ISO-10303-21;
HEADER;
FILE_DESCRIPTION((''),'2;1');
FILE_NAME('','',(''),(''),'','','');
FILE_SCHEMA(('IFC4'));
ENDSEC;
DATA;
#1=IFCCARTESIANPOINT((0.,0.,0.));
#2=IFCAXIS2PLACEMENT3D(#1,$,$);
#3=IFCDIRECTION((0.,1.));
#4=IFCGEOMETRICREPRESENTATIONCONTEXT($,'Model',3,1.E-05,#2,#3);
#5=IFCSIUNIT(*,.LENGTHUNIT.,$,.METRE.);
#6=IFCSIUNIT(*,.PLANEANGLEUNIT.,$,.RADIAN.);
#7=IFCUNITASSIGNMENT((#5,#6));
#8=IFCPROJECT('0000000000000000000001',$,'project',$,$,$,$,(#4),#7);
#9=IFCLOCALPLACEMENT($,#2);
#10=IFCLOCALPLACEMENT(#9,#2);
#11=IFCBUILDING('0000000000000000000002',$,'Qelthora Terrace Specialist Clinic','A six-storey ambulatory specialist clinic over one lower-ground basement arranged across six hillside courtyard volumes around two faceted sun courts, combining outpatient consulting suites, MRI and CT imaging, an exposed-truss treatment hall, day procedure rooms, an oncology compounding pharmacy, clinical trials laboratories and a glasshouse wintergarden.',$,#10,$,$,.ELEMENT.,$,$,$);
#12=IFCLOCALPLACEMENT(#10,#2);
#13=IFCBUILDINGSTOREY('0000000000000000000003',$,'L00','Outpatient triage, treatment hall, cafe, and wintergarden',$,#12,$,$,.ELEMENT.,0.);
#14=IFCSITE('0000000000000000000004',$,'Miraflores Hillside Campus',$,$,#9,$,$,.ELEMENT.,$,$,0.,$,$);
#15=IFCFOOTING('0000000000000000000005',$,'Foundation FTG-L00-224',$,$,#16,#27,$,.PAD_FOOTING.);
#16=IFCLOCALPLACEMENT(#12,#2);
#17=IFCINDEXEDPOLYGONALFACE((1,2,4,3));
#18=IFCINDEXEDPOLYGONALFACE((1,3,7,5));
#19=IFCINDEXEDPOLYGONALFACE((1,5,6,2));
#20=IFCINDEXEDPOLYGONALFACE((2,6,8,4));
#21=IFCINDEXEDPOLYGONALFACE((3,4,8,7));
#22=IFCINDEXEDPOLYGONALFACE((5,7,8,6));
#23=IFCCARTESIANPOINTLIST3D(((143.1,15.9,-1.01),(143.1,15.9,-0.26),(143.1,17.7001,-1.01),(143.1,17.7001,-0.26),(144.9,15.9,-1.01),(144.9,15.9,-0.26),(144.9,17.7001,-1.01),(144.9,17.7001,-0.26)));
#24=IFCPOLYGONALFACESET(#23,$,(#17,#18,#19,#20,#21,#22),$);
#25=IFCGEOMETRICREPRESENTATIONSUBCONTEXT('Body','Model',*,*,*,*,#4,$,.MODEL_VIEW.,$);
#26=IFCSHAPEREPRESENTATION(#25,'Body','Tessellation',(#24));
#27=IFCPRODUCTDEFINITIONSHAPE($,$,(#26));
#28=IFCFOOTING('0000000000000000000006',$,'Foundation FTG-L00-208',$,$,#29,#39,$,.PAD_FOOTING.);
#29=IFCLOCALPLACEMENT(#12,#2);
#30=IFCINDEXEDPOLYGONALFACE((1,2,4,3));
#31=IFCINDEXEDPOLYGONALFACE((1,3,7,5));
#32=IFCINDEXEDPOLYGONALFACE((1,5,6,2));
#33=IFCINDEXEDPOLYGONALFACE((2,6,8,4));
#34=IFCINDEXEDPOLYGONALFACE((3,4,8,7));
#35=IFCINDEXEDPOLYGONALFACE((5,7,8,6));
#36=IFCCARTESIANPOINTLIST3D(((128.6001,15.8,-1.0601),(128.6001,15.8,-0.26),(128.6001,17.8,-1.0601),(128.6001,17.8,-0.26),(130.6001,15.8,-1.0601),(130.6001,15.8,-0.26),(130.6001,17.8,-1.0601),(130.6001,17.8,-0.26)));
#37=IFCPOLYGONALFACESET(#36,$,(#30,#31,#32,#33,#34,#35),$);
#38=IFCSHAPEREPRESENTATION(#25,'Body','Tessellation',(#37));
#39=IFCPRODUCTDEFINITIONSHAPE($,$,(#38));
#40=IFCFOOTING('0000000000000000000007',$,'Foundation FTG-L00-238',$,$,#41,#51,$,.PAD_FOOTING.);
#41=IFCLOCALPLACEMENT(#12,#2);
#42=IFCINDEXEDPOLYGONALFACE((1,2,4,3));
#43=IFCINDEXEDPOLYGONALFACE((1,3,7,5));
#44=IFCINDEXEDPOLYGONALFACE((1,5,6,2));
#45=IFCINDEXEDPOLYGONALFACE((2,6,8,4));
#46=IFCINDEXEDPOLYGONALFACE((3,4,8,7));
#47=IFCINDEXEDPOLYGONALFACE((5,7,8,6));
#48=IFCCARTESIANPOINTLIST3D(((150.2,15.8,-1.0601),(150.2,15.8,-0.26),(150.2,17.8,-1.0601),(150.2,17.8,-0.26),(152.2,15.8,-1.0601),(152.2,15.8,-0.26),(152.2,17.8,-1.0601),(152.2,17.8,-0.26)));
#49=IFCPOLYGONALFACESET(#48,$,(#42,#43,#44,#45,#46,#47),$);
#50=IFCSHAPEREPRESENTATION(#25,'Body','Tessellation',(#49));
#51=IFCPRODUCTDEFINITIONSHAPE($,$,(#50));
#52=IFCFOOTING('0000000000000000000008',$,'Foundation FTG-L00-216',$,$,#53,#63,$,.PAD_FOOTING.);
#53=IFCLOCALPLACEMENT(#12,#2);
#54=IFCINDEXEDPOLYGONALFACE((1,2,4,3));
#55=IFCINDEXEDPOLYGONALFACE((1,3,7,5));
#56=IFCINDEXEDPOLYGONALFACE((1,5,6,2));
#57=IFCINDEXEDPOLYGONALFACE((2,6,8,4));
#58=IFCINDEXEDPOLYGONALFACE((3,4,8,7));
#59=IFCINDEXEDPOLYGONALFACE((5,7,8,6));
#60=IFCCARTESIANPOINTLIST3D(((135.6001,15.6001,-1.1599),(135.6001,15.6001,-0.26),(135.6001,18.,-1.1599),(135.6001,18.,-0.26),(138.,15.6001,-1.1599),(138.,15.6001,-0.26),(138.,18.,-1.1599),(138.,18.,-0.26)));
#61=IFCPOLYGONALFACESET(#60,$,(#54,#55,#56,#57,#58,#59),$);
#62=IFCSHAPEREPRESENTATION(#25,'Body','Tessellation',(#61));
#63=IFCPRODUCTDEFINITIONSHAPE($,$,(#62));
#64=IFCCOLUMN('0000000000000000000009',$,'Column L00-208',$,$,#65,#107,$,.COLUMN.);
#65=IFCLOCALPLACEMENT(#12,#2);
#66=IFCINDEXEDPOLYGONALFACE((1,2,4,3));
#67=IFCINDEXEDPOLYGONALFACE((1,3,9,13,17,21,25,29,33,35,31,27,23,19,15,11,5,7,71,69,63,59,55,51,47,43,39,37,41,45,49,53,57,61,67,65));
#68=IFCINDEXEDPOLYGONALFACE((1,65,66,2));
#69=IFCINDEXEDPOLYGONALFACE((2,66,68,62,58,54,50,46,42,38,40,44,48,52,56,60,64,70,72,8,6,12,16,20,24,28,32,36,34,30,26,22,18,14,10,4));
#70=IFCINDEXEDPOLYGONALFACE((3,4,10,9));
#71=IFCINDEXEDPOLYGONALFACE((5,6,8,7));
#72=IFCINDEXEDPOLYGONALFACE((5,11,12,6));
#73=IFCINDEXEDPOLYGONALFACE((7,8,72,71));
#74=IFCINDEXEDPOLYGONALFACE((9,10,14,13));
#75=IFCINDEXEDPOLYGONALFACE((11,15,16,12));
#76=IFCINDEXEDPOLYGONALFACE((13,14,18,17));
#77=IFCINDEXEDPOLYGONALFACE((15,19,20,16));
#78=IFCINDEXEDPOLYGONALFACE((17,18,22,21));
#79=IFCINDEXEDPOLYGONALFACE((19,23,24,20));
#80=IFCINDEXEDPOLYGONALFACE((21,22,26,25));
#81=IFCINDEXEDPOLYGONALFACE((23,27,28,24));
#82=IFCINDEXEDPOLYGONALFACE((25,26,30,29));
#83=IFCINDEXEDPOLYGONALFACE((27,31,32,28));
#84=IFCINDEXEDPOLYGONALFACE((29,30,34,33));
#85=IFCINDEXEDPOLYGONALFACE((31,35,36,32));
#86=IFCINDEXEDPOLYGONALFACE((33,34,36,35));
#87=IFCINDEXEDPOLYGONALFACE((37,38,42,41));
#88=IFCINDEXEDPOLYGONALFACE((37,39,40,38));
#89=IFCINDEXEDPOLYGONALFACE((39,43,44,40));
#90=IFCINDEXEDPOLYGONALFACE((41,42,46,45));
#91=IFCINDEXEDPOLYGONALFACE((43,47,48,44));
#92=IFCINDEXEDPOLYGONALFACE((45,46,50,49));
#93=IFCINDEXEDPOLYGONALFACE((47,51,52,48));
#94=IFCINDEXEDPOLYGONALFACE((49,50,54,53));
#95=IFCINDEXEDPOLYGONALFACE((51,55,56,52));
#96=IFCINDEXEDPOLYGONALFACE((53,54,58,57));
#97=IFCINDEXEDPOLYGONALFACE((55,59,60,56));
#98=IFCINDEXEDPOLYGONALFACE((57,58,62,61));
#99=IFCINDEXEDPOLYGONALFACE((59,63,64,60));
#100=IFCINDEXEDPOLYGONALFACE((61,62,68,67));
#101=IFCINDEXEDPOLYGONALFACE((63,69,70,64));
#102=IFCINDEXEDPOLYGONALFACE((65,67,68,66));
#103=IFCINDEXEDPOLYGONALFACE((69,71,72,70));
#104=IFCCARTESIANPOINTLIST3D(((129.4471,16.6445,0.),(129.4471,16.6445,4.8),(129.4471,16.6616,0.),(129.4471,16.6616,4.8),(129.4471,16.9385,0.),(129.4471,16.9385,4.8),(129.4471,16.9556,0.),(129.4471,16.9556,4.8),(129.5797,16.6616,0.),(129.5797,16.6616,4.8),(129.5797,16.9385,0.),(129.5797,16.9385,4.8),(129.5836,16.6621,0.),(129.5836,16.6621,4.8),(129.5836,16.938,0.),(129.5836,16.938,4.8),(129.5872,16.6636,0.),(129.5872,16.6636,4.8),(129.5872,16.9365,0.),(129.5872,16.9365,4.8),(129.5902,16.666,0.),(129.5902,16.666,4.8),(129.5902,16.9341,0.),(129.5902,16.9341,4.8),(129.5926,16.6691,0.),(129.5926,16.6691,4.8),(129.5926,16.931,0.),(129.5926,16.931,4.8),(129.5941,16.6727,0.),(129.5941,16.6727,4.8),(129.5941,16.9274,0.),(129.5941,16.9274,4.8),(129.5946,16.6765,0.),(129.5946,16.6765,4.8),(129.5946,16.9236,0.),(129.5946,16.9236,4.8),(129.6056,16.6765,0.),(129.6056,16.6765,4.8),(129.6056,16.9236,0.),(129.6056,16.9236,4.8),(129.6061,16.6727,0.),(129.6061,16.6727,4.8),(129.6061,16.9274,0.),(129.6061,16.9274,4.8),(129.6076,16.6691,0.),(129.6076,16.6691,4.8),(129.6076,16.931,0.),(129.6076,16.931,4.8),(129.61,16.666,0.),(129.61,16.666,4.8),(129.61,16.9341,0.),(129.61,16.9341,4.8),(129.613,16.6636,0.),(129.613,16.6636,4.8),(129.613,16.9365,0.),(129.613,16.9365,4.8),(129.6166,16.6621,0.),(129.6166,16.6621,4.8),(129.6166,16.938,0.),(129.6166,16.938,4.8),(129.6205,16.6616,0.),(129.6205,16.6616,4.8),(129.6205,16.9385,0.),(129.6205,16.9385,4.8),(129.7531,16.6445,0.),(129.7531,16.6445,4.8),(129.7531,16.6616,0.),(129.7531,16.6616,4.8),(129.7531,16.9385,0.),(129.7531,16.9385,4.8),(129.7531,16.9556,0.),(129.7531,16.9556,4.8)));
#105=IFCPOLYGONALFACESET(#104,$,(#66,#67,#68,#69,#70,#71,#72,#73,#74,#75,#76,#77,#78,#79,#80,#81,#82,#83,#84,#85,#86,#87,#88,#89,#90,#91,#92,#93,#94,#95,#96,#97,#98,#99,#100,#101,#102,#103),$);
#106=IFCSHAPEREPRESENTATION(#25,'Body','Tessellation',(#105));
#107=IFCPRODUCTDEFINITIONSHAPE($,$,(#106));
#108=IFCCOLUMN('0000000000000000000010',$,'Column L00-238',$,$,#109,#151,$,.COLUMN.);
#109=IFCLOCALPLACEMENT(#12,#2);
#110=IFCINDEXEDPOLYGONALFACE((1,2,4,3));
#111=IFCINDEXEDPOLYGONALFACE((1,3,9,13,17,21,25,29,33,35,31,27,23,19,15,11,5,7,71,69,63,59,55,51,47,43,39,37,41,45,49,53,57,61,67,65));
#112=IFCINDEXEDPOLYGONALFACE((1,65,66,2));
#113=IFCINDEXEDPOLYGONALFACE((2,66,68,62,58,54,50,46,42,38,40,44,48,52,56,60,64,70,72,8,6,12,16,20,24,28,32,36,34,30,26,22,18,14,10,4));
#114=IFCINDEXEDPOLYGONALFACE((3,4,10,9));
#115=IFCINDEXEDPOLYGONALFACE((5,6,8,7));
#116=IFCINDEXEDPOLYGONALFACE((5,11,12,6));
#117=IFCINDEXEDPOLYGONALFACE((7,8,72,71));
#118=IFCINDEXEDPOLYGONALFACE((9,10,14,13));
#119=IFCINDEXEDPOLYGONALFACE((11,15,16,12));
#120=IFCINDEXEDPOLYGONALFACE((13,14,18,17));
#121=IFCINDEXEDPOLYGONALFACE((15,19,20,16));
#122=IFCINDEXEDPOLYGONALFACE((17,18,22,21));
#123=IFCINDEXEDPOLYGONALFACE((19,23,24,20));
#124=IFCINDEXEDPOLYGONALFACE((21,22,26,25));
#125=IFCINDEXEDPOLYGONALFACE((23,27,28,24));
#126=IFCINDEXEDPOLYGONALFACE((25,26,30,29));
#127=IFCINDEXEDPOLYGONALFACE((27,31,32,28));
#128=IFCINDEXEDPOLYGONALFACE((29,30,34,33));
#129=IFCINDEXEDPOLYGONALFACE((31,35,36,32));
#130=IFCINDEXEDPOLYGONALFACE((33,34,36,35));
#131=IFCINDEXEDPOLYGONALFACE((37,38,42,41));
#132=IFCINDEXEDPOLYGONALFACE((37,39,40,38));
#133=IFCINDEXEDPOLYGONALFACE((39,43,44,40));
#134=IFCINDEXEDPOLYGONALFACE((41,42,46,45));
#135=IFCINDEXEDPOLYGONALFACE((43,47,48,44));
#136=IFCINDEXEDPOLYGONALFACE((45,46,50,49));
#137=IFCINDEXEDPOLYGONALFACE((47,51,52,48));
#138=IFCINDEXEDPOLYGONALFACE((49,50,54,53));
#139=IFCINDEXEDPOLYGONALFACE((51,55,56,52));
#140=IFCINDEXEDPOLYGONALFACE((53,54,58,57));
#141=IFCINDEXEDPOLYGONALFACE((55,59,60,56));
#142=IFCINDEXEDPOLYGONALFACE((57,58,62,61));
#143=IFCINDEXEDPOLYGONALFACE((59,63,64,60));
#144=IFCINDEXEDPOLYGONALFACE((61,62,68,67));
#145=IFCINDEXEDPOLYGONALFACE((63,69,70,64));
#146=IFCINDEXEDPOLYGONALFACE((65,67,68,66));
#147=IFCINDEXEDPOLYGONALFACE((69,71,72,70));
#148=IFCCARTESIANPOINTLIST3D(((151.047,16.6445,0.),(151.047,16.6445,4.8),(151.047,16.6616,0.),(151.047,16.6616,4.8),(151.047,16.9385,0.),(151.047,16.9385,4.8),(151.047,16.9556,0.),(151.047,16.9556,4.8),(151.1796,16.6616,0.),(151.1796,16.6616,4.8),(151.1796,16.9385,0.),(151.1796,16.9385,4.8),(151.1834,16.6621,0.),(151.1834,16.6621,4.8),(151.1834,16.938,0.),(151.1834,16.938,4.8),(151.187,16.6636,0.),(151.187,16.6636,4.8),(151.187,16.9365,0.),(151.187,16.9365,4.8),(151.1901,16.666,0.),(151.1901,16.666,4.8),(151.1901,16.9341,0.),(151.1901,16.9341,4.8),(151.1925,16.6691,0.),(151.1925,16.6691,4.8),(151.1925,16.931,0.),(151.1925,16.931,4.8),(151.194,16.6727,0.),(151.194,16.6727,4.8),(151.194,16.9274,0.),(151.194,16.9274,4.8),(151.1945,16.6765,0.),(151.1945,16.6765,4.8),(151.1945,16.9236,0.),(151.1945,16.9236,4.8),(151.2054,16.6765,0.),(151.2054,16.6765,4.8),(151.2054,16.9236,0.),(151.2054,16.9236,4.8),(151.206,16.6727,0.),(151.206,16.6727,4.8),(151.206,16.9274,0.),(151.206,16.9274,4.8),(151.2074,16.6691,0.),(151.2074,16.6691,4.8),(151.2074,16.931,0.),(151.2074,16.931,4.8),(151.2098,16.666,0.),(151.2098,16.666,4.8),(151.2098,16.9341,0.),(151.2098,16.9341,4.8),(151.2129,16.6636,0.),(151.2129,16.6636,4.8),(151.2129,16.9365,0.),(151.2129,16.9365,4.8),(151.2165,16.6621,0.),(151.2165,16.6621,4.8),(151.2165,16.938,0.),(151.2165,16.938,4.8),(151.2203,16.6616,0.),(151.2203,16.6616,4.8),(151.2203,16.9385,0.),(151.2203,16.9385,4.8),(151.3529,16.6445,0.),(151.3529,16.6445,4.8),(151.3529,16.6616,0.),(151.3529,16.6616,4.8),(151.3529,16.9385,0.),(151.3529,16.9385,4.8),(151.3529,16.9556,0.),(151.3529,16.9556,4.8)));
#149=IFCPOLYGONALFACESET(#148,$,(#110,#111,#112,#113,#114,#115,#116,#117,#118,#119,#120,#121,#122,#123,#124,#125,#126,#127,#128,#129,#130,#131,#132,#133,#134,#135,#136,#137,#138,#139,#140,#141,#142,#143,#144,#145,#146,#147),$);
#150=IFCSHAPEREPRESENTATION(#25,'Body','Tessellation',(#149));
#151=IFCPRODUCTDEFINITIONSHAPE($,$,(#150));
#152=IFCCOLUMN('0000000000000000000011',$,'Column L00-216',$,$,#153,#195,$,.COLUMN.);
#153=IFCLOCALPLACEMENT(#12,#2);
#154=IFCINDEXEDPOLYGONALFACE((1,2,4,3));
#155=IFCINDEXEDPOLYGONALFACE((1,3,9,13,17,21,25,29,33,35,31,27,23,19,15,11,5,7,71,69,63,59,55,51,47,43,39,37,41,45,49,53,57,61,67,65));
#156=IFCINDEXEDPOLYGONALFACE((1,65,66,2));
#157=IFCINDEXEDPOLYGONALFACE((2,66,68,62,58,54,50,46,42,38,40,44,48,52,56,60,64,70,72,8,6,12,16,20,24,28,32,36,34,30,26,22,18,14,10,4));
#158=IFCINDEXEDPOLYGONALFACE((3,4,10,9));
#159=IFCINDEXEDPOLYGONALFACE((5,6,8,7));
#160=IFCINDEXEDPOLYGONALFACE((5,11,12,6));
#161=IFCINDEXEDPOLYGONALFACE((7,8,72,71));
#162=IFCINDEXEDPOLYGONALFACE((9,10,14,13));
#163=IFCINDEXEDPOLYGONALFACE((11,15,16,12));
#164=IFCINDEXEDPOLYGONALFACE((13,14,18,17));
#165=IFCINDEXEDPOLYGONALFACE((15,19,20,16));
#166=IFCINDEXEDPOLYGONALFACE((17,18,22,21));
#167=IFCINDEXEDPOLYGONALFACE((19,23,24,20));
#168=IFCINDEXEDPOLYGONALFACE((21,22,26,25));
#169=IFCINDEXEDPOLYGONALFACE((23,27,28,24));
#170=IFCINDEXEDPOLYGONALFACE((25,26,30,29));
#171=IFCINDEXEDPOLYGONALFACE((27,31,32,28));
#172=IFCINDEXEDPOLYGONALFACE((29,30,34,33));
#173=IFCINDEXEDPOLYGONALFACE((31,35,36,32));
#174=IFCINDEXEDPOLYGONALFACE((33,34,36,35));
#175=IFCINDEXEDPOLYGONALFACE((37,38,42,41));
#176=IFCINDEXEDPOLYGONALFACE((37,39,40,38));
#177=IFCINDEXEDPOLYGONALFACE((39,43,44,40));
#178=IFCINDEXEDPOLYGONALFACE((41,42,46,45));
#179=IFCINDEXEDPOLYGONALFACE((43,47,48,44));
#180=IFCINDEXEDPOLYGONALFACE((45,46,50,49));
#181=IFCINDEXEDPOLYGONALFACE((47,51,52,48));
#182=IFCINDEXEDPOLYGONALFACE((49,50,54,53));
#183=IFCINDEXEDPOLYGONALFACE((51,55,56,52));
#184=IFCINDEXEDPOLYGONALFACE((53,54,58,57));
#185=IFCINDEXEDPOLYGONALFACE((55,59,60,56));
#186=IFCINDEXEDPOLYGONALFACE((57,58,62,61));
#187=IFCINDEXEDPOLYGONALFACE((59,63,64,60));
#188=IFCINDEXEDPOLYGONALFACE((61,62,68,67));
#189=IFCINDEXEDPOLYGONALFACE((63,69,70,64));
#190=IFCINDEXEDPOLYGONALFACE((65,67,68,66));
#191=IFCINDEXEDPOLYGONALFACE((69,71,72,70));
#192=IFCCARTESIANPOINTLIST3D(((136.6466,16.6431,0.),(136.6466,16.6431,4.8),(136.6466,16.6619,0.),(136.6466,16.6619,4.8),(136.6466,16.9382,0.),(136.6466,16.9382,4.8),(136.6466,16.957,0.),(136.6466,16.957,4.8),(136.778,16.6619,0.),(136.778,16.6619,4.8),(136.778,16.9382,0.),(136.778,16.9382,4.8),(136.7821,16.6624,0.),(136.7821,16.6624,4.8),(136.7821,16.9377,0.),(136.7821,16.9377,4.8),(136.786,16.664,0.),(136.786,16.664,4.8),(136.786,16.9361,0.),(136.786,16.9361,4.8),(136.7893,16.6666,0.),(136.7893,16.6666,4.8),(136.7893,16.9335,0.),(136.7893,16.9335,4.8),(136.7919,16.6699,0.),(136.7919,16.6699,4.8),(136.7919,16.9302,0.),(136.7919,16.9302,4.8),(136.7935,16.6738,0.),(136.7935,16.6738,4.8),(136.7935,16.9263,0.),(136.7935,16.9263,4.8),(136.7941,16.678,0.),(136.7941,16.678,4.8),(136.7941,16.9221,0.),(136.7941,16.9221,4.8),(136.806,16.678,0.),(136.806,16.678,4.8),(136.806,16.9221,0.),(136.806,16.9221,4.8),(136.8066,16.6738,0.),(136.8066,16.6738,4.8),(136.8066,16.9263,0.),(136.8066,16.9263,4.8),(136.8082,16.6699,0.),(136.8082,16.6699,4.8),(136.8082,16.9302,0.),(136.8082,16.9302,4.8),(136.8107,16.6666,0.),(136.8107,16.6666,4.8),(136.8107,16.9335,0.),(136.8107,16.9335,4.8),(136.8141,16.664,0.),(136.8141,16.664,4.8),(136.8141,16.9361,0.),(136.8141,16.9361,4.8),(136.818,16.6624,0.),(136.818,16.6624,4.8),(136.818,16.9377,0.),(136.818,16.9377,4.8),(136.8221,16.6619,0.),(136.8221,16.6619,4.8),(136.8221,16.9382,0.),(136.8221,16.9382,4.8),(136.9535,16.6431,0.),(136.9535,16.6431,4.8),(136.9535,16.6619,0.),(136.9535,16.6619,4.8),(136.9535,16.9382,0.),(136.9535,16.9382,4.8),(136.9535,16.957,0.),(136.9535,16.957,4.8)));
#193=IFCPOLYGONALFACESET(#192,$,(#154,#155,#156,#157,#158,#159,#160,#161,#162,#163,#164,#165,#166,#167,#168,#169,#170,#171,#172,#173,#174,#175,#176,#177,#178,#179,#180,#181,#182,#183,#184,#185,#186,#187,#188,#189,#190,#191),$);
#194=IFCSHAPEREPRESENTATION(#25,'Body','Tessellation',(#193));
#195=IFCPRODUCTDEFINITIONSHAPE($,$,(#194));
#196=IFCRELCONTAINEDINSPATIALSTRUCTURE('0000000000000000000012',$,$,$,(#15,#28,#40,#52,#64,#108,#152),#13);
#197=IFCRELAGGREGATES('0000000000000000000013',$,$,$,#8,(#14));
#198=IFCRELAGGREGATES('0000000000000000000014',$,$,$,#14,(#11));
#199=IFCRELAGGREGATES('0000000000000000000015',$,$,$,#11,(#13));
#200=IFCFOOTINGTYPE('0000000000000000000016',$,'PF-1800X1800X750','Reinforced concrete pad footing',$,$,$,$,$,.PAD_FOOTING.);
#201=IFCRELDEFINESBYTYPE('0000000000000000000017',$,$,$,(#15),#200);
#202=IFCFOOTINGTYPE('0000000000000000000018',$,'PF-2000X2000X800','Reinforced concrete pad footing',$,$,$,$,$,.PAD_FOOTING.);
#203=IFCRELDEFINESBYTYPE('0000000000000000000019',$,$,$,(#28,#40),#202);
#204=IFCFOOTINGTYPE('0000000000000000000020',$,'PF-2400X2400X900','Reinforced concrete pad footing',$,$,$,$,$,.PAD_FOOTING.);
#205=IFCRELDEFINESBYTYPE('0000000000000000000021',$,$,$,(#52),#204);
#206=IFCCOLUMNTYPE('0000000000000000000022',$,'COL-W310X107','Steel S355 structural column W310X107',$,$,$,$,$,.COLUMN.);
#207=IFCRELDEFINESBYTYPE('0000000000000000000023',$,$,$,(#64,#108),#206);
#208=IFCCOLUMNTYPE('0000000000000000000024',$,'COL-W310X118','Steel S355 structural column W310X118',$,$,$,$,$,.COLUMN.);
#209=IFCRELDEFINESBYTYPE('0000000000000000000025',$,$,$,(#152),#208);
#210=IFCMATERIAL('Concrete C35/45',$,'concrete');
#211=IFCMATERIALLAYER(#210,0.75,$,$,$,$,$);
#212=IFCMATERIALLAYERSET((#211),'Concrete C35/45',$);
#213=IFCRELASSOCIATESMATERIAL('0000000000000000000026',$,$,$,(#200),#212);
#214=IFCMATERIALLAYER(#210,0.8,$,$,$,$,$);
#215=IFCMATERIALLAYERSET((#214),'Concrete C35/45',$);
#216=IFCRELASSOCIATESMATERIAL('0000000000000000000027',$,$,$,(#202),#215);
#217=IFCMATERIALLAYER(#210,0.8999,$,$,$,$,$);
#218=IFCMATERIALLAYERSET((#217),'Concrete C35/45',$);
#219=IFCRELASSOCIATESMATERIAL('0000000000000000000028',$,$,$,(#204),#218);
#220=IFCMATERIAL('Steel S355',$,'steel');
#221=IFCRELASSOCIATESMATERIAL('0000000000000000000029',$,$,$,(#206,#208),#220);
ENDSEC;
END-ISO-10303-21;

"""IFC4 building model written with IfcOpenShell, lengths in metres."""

from ifc_helpers import new_model, si_unit, direction, frame, origin, origin_2d, place, context, subcontext, project, spatial, rectangle, i_section, extrude, material, layer, layer_set, material_profile, profile_set, type_object, element, save


model = new_model("IFC4")

# Units and contexts
model_context = context("Model", 3, precision=1e-05, world=origin(), true_north=direction((0.0, 1.0)))
body_context = subcontext(model_context, "Body", "Model", "MODEL_VIEW")
ifc_project = project(units=[si_unit("LENGTHUNIT", "METRE"), si_unit("PLANEANGLEUNIT", "RADIAN")], contexts=[model_context])

# Site, building, storey
site_placement = place(None, origin())
site = spatial("IfcSite", under=ifc_project, at=site_placement, Name="Miraflores Hillside Campus", CompositionType="ELEMENT", RefElevation=0.0)
building_placement = place(site_placement, origin())
building = spatial("IfcBuilding", under=site, at=building_placement, Name="Qelthora Terrace Specialist Clinic", Description="A six-storey ambulatory specialist clinic over one lower-ground basement arranged across six hillside courtyard volumes around two faceted sun courts, combining outpatient consulting suites, MRI and CT imaging, an exposed-truss treatment hall, day procedure rooms, an oncology compounding pharmacy, clinical trials laboratories and a glasshouse wintergarden.", CompositionType="ELEMENT")
storey_placement = place(building_placement, origin())
storey = spatial("IfcBuildingStorey", under=building, at=storey_placement, Name="L00", Description="Outpatient triage, treatment hall, cafe, and wintergarden", CompositionType="ELEMENT", Elevation=0.0)

# Footings
ifc_material_1 = material(Name="Concrete C35/45", Category="concrete")
ifc_layer_1 = layer(ifc_material_1, 0.75)
ifc_layer_set_1 = layer_set([ifc_layer_1], Name="Concrete C35/45")
footing_type_1 = type_object("IfcFootingType", Name="PF-1800X1800X750", Description="Reinforced concrete pad footing", PredefinedType="PAD_FOOTING", material=ifc_layer_set_1)
footing_1_placement = place(storey_placement, frame((144.0, 16.8, -1.01), z_axis=(0.0, 0.0, 1.0), x_axis=(1.0, 0.0, 0.0)))
element("IfcFooting", 1, at=footing_1_placement, inside=storey, type_object=footing_type_1, Name="Foundation FTG-L00-224", PredefinedType="PAD_FOOTING", context=body_context, shape_type="SweptSolid", body=[
    extrude(rectangle(XDim=1.8, YDim=1.8, at=origin_2d()), origin(), (0.0, 0.0, 1.0), 0.75),
])
ifc_layer_2 = layer(ifc_material_1, 0.8)
ifc_layer_set_2 = layer_set([ifc_layer_2], Name="Concrete C35/45")
footing_type_2 = type_object("IfcFootingType", Name="PF-2000X2000X800", Description="Reinforced concrete pad footing", PredefinedType="PAD_FOOTING", material=ifc_layer_set_2)
for number, where, z_axis, x_axis, name in (
    (2, (129.6001, 16.8, -1.0601), (0.0, 0.0, 1.0), (1.0, 0.0, 0.0), "Foundation FTG-L00-208"),
    (3, (151.2, 16.8, -1.0601), (0.0, 0.0, 1.0), (1.0, 0.0, 0.0), "Foundation FTG-L00-238"),
):
    element("IfcFooting", number, at=place(storey_placement, frame(where, z_axis=z_axis, x_axis=x_axis)), inside=storey, type_object=footing_type_2, Name=name, PredefinedType="PAD_FOOTING", context=body_context, shape_type="SweptSolid", body=[
        extrude(rectangle(XDim=2.0, YDim=2.0, at=origin_2d()), origin(), (0.0, 0.0, 1.0), 0.8),
    ])
ifc_layer_3 = layer(ifc_material_1, 0.8999)
ifc_layer_set_3 = layer_set([ifc_layer_3], Name="Concrete C35/45")
footing_type_3 = type_object("IfcFootingType", Name="PF-2400X2400X900", Description="Reinforced concrete pad footing", PredefinedType="PAD_FOOTING", material=ifc_layer_set_3)
footing_2_placement = place(storey_placement, frame((136.8, 16.8, -1.1599), z_axis=(0.0, 0.0, 1.0), x_axis=(1.0, 0.0, 0.0)))
element("IfcFooting", 4, at=footing_2_placement, inside=storey, type_object=footing_type_3, Name="Foundation FTG-L00-216", PredefinedType="PAD_FOOTING", context=body_context, shape_type="SweptSolid", body=[
    extrude(rectangle(XDim=2.3999, YDim=2.3999, at=origin_2d()), origin(), (0.0, 0.0, 1.0), 0.8999),
])

# Columns
ifc_material_2 = material(Name="Steel S355", Category="steel")
ifc_material_profile_1 = material_profile(ifc_material_2, i_section(OverallWidth=0.3059, OverallDepth=0.311, WebThickness=0.011, FlangeThickness=0.0171, FilletRadius=0.0149, at=origin_2d()), Name="W310X107")
ifc_profile_set_1 = profile_set([ifc_material_profile_1], Name="Steel S355")
column_type_1 = type_object("IfcColumnType", Name="COL-W310X107", Description="Steel S355 structural column W310X107", PredefinedType="COLUMN", material=ifc_profile_set_1)
for number, where, z_axis, x_axis, name in (
    (5, (129.6001, 16.8, 0.0), (0.0, 0.0, 1.0), (1.0, 0.0, 0.0), "Column L00-208"),
    (6, (151.2, 16.8, 0.0), (0.0, 0.0, 1.0), (1.0, 0.0, 0.0), "Column L00-238"),
):
    element("IfcColumn", number, at=place(storey_placement, frame(where, z_axis=z_axis, x_axis=x_axis)), inside=storey, type_object=column_type_1, Name=name, PredefinedType="COLUMN", context=body_context, shape_type="SweptSolid", body=[
        extrude(i_section(OverallWidth=0.3059, OverallDepth=0.311, WebThickness=0.011, FlangeThickness=0.0171, FilletRadius=0.0149, at=origin_2d()), origin(), (0.0, 0.0, 1.0), 4.8),
    ])
ifc_material_profile_2 = material_profile(ifc_material_2, i_section(OverallWidth=0.3069, OverallDepth=0.314, WebThickness=0.012, FlangeThickness=0.0188, FilletRadius=0.0161, at=origin_2d()), Name="W310X118")
ifc_profile_set_2 = profile_set([ifc_material_profile_2], Name="Steel S355")
column_type_2 = type_object("IfcColumnType", Name="COL-W310X118", Description="Steel S355 structural column W310X118", PredefinedType="COLUMN", material=ifc_profile_set_2)
column_1_placement = place(storey_placement, frame((136.8, 16.8, 0.0), z_axis=(0.0, 0.0, 1.0), x_axis=(1.0, 0.0, 0.0)))
element("IfcColumn", 7, at=column_1_placement, inside=storey, type_object=column_type_2, Name="Column L00-216", PredefinedType="COLUMN", context=body_context, shape_type="SweptSolid", body=[
    extrude(i_section(OverallWidth=0.3069, OverallDepth=0.314, WebThickness=0.012, FlangeThickness=0.0188, FilletRadius=0.0161, at=origin_2d()), origin(), (0.0, 0.0, 1.0), 4.8),
])

save(model, "model.ifc")
